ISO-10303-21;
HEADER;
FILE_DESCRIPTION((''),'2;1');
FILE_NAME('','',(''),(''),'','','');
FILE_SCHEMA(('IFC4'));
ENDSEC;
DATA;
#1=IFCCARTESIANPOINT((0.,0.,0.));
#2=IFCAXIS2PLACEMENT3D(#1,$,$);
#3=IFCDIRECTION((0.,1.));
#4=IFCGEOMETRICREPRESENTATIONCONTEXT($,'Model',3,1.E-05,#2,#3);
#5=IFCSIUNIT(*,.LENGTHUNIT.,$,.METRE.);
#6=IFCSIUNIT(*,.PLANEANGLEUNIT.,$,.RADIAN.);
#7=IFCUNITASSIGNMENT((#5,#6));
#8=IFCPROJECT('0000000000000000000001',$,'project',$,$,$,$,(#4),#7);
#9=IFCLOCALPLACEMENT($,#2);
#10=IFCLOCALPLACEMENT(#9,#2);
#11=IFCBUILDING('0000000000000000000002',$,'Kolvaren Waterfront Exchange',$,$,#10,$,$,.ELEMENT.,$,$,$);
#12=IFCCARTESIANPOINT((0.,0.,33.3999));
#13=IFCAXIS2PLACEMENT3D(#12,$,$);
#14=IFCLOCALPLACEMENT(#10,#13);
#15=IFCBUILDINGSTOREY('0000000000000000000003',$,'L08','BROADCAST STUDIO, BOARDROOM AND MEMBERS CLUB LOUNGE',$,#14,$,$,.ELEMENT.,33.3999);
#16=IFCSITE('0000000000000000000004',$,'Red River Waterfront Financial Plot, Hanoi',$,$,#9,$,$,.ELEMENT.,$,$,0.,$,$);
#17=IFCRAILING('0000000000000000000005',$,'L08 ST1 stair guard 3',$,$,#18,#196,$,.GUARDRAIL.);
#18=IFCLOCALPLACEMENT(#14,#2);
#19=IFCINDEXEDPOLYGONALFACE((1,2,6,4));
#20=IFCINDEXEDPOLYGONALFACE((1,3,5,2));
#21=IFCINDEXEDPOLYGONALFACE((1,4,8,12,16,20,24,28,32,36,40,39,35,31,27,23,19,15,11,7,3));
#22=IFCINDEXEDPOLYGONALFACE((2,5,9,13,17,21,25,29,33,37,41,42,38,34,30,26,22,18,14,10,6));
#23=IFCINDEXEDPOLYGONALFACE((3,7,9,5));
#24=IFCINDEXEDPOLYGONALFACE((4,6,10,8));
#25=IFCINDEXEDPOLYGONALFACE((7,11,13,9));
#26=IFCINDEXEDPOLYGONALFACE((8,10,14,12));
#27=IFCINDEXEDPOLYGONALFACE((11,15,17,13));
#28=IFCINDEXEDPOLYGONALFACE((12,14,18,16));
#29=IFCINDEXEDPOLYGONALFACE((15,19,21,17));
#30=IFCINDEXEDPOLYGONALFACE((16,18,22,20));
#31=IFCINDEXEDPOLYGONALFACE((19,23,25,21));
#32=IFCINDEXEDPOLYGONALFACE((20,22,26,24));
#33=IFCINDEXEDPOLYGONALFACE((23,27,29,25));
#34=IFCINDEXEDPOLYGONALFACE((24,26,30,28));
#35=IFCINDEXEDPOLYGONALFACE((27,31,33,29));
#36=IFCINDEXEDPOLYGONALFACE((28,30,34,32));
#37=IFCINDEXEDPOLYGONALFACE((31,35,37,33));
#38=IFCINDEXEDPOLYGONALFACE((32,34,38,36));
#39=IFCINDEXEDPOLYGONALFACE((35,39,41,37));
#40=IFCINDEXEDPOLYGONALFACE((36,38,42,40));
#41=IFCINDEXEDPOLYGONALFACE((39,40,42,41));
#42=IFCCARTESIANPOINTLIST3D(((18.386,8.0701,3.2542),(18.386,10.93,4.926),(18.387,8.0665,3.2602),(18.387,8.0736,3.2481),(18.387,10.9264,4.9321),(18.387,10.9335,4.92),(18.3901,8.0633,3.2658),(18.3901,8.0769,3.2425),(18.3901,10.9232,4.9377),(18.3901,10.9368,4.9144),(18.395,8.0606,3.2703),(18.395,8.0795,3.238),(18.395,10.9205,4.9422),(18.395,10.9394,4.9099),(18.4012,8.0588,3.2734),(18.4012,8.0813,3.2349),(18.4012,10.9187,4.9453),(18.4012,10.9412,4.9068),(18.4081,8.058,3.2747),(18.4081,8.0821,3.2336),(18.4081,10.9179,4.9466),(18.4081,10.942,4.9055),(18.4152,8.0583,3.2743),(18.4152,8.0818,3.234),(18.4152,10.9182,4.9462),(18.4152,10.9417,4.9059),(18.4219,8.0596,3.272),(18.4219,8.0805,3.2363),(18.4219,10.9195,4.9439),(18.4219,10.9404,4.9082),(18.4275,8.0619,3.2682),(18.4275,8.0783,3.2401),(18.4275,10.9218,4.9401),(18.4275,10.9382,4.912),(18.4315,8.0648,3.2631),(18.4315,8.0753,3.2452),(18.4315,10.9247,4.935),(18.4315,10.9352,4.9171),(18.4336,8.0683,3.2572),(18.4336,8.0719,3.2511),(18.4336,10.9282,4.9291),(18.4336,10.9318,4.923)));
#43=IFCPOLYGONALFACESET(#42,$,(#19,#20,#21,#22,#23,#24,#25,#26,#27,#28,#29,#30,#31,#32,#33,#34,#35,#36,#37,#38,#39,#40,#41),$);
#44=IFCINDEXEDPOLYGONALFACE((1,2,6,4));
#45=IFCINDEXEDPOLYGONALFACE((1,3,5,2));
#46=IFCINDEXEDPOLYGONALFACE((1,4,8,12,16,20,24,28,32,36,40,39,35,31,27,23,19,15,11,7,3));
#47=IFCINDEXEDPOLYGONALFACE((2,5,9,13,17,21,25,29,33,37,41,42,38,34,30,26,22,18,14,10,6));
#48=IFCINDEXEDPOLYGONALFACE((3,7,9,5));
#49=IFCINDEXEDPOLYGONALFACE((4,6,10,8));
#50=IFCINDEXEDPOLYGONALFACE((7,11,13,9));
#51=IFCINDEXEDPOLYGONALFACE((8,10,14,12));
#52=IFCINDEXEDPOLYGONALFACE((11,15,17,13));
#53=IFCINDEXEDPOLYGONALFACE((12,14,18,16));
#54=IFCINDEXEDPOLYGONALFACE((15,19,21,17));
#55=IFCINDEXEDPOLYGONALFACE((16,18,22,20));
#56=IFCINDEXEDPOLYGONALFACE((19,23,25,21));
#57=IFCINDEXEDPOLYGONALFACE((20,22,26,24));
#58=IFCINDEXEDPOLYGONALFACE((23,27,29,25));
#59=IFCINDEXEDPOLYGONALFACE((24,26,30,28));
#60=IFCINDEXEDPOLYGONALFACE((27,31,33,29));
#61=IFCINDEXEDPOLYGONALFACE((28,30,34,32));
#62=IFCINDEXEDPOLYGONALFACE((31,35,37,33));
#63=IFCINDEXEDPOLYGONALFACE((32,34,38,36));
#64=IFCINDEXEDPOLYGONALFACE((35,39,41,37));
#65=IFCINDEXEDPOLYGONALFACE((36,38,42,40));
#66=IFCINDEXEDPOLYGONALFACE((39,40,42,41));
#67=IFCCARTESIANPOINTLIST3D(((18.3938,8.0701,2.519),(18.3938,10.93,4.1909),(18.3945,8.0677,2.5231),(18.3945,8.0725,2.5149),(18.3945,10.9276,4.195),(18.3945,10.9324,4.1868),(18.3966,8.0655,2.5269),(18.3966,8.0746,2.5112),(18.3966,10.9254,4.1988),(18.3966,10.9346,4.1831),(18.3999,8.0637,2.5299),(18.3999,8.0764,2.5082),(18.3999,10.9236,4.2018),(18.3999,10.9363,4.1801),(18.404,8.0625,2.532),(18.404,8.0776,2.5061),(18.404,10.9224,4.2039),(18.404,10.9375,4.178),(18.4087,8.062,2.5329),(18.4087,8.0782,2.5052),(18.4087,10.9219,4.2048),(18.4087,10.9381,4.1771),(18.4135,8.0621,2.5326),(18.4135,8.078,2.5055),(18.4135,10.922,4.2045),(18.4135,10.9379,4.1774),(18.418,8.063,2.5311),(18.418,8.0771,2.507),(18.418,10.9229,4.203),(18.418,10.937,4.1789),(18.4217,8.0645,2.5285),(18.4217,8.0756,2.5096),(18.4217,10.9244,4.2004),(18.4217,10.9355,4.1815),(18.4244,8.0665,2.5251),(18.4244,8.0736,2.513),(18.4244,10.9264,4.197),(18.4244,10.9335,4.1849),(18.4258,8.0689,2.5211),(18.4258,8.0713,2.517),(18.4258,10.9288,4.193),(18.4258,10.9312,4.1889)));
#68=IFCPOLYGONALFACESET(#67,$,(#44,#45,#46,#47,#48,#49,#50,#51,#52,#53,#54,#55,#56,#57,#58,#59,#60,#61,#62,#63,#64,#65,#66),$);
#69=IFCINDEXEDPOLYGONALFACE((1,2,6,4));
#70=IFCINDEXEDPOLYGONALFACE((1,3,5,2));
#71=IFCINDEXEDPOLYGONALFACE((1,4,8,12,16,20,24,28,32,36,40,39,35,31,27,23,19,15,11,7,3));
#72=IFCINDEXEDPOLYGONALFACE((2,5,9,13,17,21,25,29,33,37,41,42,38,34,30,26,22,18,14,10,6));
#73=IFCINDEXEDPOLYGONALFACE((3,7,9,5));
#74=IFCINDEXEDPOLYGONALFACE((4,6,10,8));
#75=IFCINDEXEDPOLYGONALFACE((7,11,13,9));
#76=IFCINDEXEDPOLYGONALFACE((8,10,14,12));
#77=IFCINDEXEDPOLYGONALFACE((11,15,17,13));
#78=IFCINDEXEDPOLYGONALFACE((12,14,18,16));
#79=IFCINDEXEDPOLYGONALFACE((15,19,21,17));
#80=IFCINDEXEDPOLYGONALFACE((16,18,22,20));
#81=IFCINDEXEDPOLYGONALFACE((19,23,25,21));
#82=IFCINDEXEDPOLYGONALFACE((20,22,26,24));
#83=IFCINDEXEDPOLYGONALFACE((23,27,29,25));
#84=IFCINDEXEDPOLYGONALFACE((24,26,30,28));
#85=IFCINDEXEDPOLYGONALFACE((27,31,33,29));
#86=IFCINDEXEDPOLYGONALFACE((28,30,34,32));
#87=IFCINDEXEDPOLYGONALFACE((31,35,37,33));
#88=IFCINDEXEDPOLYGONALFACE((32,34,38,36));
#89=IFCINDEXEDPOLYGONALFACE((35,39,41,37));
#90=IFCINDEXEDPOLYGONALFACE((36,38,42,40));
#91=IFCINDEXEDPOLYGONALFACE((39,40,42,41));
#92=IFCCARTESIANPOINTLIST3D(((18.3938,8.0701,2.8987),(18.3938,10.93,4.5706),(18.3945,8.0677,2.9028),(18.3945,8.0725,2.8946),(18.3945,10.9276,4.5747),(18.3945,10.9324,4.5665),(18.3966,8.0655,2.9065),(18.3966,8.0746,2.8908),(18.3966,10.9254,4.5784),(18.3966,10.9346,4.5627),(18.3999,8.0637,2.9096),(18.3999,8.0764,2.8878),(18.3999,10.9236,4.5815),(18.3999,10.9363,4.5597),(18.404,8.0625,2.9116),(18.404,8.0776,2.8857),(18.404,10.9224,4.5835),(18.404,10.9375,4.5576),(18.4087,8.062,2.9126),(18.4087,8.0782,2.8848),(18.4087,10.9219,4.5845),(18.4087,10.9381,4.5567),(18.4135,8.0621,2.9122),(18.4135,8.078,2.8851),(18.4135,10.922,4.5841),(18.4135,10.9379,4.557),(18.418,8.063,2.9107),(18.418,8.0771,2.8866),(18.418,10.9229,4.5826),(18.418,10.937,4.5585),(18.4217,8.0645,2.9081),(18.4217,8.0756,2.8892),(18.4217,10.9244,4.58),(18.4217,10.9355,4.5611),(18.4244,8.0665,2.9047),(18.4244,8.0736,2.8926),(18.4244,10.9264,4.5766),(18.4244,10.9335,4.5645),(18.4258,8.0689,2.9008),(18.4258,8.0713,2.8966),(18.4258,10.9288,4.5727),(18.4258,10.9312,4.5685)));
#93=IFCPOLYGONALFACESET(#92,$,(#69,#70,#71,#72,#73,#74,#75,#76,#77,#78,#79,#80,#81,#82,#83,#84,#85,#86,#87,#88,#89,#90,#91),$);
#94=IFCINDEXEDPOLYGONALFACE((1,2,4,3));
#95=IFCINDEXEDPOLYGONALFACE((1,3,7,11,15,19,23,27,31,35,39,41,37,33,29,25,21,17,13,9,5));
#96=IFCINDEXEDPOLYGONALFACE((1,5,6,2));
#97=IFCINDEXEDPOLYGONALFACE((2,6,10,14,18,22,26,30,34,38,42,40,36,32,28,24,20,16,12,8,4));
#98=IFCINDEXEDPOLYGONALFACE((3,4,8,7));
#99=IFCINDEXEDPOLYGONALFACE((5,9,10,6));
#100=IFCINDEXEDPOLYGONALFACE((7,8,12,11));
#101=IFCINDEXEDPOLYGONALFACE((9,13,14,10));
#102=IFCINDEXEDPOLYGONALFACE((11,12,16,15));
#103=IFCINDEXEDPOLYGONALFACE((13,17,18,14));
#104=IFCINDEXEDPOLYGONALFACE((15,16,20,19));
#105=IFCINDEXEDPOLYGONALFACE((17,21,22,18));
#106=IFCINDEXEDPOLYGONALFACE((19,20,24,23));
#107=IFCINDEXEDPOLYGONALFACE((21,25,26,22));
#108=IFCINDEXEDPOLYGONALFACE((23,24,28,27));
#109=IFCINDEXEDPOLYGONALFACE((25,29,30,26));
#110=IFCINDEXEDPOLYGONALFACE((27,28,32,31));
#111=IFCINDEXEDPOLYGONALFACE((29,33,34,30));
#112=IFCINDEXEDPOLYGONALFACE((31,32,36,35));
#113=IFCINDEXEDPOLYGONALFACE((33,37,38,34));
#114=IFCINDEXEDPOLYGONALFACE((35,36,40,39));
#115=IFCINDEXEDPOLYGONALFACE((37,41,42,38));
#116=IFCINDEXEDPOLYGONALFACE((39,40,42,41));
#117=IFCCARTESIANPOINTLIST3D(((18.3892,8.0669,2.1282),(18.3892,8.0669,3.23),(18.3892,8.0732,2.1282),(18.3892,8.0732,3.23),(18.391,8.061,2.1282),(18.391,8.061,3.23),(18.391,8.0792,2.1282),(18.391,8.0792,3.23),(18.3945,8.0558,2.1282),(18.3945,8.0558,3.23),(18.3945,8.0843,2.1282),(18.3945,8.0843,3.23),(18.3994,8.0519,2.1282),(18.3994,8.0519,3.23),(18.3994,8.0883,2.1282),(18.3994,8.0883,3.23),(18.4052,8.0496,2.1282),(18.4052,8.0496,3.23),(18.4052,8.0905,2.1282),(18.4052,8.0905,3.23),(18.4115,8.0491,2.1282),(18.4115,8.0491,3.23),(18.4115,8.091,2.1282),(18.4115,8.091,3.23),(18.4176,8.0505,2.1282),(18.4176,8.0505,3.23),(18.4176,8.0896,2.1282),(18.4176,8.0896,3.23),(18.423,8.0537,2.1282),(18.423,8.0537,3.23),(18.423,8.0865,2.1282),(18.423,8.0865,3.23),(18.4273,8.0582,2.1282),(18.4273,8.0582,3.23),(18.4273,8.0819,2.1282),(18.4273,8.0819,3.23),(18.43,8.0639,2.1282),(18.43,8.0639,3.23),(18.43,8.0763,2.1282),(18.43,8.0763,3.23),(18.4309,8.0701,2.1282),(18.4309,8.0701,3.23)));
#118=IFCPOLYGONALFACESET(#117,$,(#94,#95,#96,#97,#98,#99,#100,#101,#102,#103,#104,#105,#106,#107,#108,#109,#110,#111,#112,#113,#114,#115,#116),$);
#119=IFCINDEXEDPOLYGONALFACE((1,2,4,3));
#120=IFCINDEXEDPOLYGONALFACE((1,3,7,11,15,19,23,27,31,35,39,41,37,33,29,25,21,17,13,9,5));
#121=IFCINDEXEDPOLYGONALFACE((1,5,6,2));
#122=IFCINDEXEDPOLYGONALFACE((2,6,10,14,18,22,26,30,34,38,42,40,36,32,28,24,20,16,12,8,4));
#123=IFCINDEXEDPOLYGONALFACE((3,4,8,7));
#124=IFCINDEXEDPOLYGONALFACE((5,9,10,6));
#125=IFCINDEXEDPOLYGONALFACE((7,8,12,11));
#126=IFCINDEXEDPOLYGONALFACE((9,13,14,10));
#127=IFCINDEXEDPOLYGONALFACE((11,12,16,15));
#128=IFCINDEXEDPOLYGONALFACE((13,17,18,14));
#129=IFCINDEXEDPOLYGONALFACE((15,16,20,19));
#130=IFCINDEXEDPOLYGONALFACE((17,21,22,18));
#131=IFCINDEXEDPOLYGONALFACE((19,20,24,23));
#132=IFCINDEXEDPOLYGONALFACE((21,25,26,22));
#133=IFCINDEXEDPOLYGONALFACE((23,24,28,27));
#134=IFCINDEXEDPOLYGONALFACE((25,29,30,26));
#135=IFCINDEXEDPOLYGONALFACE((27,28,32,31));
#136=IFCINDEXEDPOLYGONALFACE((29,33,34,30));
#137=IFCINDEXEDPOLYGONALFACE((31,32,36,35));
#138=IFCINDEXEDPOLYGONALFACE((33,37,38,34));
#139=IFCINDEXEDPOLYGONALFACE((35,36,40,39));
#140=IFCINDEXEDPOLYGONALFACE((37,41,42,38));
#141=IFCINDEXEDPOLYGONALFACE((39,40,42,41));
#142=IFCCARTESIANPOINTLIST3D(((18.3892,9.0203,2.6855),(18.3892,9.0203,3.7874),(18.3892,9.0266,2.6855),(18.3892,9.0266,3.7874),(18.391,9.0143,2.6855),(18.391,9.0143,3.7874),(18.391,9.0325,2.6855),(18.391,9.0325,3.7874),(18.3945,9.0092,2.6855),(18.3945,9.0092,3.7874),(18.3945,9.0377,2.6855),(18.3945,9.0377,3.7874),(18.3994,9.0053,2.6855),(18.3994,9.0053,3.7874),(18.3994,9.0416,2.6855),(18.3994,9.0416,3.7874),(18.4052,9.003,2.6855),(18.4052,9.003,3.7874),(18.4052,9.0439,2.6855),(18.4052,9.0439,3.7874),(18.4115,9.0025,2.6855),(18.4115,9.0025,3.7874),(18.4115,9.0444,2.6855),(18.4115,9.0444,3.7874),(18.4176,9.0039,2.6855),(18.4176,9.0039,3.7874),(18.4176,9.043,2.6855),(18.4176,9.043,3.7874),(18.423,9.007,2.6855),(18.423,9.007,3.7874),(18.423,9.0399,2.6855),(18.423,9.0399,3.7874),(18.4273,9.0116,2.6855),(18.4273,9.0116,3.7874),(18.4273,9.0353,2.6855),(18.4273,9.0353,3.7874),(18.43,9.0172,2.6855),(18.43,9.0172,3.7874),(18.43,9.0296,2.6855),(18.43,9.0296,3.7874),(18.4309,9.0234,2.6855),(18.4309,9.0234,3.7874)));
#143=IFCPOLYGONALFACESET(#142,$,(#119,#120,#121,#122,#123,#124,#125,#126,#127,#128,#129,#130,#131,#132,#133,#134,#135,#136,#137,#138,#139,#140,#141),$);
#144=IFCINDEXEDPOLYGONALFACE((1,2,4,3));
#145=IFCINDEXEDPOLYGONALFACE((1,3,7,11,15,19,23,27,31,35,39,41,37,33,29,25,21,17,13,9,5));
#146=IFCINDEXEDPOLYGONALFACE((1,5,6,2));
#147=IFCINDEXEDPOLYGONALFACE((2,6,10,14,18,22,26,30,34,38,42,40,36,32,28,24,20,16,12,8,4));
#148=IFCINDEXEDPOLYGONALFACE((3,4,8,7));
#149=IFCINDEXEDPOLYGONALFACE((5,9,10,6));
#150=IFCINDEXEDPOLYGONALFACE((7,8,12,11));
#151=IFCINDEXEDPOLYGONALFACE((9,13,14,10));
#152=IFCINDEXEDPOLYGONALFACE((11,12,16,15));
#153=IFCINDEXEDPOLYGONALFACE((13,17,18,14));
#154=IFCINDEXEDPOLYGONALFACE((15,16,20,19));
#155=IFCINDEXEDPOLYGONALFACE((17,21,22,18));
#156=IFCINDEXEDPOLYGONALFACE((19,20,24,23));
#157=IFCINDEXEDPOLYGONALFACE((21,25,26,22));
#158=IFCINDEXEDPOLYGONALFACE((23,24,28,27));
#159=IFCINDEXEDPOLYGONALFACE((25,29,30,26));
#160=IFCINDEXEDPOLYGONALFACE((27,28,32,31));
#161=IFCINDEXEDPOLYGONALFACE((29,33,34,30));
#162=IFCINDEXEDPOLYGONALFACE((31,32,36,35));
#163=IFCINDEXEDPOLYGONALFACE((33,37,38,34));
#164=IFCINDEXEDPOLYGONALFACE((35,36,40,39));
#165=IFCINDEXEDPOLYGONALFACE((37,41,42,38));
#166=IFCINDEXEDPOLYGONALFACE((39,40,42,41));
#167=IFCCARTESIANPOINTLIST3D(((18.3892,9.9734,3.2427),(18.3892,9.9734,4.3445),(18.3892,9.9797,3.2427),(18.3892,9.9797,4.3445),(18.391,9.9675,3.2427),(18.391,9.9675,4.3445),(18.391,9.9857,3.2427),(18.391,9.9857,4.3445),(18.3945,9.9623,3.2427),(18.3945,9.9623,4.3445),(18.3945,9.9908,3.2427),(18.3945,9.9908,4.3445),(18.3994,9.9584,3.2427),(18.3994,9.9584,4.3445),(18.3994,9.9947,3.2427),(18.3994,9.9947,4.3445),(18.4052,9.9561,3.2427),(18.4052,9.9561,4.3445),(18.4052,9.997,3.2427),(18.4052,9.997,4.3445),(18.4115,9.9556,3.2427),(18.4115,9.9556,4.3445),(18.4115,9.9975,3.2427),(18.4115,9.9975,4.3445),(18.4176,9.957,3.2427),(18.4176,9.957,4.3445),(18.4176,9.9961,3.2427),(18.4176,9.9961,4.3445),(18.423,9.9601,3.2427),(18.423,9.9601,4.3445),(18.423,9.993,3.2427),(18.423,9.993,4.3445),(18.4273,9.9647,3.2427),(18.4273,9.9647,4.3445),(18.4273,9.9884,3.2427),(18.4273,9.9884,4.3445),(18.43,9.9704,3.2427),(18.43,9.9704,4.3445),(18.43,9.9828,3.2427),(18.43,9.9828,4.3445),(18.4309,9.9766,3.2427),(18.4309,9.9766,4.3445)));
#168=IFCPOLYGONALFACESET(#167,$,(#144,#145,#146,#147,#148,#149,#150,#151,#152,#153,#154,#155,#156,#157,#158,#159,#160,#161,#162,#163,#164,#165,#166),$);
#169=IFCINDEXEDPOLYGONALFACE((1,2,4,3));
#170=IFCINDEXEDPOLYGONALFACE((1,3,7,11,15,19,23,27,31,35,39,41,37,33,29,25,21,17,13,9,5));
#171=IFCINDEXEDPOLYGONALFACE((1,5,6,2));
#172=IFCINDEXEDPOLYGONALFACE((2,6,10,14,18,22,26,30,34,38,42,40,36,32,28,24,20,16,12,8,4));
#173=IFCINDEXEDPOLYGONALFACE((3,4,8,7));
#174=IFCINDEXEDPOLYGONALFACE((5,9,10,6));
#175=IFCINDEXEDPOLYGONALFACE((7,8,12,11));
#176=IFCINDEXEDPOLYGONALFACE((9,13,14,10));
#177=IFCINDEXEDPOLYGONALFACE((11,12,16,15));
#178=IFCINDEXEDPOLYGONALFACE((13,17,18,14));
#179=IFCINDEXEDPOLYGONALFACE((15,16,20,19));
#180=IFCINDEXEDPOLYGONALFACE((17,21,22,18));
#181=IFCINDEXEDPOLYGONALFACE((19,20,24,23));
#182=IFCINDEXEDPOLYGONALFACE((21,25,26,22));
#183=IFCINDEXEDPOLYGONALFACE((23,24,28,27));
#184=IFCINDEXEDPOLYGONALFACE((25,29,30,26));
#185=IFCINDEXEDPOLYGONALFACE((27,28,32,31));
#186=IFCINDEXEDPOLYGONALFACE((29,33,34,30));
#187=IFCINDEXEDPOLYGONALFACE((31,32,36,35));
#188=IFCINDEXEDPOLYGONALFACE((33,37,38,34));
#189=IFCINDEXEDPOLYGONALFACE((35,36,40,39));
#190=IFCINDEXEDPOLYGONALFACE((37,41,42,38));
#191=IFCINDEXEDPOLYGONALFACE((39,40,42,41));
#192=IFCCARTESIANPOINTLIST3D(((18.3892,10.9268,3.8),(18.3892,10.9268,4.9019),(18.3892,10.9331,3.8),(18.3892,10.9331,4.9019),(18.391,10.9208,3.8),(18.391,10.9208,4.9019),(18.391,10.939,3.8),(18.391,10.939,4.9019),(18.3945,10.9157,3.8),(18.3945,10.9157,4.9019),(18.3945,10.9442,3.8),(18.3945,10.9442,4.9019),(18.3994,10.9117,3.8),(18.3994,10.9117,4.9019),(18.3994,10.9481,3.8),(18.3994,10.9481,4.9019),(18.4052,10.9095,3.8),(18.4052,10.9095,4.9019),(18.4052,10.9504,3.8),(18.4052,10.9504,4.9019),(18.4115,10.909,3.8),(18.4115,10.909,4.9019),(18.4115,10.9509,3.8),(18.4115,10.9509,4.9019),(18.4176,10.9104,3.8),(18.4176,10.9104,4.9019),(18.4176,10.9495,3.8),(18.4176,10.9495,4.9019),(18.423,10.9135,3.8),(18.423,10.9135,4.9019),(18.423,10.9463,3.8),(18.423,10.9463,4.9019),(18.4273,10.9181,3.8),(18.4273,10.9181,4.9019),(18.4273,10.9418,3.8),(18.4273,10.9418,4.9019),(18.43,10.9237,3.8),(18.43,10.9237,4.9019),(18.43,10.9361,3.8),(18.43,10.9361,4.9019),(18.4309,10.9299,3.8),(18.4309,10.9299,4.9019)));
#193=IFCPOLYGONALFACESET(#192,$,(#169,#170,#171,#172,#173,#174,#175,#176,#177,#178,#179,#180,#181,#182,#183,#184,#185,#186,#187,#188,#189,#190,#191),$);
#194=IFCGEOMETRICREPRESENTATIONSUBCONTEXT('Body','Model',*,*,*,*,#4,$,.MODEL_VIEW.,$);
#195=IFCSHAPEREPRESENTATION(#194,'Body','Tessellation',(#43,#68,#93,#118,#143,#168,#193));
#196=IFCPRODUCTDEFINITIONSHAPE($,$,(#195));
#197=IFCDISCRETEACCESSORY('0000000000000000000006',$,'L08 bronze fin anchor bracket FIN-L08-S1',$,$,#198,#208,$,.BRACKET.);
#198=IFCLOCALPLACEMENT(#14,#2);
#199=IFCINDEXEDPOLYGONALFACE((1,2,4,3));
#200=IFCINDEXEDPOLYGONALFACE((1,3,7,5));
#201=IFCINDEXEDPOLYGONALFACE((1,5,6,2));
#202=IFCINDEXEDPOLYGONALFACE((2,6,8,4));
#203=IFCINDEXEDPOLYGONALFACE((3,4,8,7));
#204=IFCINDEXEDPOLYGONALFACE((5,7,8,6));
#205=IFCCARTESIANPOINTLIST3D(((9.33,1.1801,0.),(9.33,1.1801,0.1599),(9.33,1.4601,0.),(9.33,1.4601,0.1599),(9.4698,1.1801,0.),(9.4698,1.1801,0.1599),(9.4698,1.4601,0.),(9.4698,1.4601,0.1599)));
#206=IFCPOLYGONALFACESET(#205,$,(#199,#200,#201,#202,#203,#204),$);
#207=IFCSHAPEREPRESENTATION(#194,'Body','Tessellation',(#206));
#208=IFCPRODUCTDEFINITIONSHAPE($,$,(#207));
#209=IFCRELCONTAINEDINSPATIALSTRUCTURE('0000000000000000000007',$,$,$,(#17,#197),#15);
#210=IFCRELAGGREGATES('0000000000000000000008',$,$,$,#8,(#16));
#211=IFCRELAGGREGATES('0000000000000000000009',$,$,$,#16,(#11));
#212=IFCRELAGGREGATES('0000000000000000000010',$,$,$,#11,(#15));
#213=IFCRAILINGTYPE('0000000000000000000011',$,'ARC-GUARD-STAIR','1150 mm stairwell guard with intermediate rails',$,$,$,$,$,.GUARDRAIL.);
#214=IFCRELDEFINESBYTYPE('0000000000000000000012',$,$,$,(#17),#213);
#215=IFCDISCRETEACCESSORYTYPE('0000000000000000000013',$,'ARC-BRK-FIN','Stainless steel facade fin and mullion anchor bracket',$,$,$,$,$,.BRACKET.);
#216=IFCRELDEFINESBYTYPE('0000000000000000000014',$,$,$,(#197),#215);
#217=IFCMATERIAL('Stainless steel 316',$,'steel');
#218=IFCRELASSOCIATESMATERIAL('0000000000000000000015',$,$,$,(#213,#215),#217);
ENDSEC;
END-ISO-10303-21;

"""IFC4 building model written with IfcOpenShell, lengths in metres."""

from ifc_helpers import new_model, si_unit, direction, frame, origin, origin_with_axes, origin_2d, place, context, subcontext, project, spatial, rectangle, circle, extrude, source, transform, mapped, material, type_object, element, save


model = new_model("IFC4")

# Units and contexts
model_context = context("Model", 3, precision=1e-05, world=origin(), true_north=direction((0.0, 1.0)))
body_context = subcontext(model_context, "Body", "Model", "MODEL_VIEW")
ifc_project = project(units=[si_unit("LENGTHUNIT", "METRE"), si_unit("PLANEANGLEUNIT", "RADIAN")], contexts=[model_context])

# Site, building, storey
site_placement = place(None, origin())
site = spatial("IfcSite", under=ifc_project, at=site_placement, Name="Red River Waterfront Financial Plot, Hanoi", CompositionType="ELEMENT", RefElevation=0.0)
building_placement = place(site_placement, origin())
building = spatial("IfcBuilding", under=site, at=building_placement, Name="Kolvaren Waterfront Exchange", CompositionType="ELEMENT")
storey_placement = place(building_placement, frame((0.0, 0.0, 33.3999)))
storey = spatial("IfcBuildingStorey", under=building, at=storey_placement, Name="L08", Description="BROADCAST STUDIO, BOARDROOM AND MEMBERS CLUB LOUNGE", CompositionType="ELEMENT", Elevation=33.3999)

# Railing
ifc_material_1 = material(Name="Stainless steel 316", Category="steel")
railing_type = type_object("IfcRailingType", Name="ARC-GUARD-STAIR", Description="1150 mm stairwell guard with intermediate rails", PredefinedType="GUARDRAIL", material=ifc_material_1)
railing_1_placement = place(storey_placement, frame((18.4099, 8.0701, 2.1282)))
element("IfcRailing", 1, at=railing_1_placement, inside=storey, type_object=railing_type, Name="L08 ST1 stair guard 3", PredefinedType="GUARDRAIL", context=body_context, shape_type="SweptSolid", body=[
    extrude(circle(Radius=0.0239, at=origin_2d()), frame((0.0, 0.0, 1.126), z_axis=(0.0, 0.863303, 0.504686), x_axis=(-1.0, 0.0, 0.0)), (0.0, 0.0, 1.0), 3.3127),
    extrude(circle(Radius=0.0161, at=origin_2d()), frame((0.0, 0.0, 0.3909), z_axis=(0.0, 0.863303, 0.504686), x_axis=(-1.0, 0.0, 0.0)), (0.0, 0.0, 1.0), 3.3127),
    extrude(circle(Radius=0.0161, at=origin_2d()), frame((0.0, 0.0, 0.7705), z_axis=(0.0, 0.863303, 0.504686), x_axis=(-1.0, 0.0, 0.0)), (0.0, 0.0, 1.0), 3.3127),
    extrude(circle(Radius=0.021, at=origin_2d()), origin(), (0.0, 0.0, 1.0), 1.1018),
    extrude(circle(Radius=0.021, at=origin_2d()), frame((0.0, 0.9534, 0.5574)), (0.0, 0.0, 1.0), 1.1018),
    extrude(circle(Radius=0.021, at=origin_2d()), frame((0.0, 1.9065, 1.1145)), (0.0, 0.0, 1.0), 1.1018),
    extrude(circle(Radius=0.021, at=origin_2d()), frame((0.0, 2.8599, 1.6719)), (0.0, 0.0, 1.0), 1.1018),
])

# Discrete accessory
discrete_accessory_type = type_object("IfcDiscreteAccessoryType", Name="ARC-BRK-FIN", Description="Stainless steel facade fin and mullion anchor bracket", PredefinedType="BRACKET", material=ifc_material_1)
shared_shape_1 = source(origin_with_axes(), body_context, "Body", "SweptSolid", [
    extrude(rectangle(XDim=0.28, YDim=0.1399, at=origin_2d()), origin(), (0.0, 0.0, 1.0), 0.1599),
])
for number, where, z_axis, x_axis, name in (
    (2, (9.3999, 1.3201, 0.0), (0.0, 0.0, 1.0), (0.0, -1.0, 0.0), "L08 bronze fin anchor bracket FIN-L08-S1"),
):
    element("IfcDiscreteAccessory", number, at=place(storey_placement, frame(where, z_axis=z_axis, x_axis=x_axis)), inside=storey, type_object=discrete_accessory_type, Name=name, PredefinedType="BRACKET", context=body_context, shape_type="MappedRepresentation", body=[
        mapped(shared_shape_1, transform((0.0, 0.0, 0.0), x_axis=(1.0, 0.0, 0.0), y_axis=(0.0, 1.0, 0.0), z_axis=(0.0, 0.0, 1.0), scale=1.0)),
    ])

save(model, "model.ifc")
